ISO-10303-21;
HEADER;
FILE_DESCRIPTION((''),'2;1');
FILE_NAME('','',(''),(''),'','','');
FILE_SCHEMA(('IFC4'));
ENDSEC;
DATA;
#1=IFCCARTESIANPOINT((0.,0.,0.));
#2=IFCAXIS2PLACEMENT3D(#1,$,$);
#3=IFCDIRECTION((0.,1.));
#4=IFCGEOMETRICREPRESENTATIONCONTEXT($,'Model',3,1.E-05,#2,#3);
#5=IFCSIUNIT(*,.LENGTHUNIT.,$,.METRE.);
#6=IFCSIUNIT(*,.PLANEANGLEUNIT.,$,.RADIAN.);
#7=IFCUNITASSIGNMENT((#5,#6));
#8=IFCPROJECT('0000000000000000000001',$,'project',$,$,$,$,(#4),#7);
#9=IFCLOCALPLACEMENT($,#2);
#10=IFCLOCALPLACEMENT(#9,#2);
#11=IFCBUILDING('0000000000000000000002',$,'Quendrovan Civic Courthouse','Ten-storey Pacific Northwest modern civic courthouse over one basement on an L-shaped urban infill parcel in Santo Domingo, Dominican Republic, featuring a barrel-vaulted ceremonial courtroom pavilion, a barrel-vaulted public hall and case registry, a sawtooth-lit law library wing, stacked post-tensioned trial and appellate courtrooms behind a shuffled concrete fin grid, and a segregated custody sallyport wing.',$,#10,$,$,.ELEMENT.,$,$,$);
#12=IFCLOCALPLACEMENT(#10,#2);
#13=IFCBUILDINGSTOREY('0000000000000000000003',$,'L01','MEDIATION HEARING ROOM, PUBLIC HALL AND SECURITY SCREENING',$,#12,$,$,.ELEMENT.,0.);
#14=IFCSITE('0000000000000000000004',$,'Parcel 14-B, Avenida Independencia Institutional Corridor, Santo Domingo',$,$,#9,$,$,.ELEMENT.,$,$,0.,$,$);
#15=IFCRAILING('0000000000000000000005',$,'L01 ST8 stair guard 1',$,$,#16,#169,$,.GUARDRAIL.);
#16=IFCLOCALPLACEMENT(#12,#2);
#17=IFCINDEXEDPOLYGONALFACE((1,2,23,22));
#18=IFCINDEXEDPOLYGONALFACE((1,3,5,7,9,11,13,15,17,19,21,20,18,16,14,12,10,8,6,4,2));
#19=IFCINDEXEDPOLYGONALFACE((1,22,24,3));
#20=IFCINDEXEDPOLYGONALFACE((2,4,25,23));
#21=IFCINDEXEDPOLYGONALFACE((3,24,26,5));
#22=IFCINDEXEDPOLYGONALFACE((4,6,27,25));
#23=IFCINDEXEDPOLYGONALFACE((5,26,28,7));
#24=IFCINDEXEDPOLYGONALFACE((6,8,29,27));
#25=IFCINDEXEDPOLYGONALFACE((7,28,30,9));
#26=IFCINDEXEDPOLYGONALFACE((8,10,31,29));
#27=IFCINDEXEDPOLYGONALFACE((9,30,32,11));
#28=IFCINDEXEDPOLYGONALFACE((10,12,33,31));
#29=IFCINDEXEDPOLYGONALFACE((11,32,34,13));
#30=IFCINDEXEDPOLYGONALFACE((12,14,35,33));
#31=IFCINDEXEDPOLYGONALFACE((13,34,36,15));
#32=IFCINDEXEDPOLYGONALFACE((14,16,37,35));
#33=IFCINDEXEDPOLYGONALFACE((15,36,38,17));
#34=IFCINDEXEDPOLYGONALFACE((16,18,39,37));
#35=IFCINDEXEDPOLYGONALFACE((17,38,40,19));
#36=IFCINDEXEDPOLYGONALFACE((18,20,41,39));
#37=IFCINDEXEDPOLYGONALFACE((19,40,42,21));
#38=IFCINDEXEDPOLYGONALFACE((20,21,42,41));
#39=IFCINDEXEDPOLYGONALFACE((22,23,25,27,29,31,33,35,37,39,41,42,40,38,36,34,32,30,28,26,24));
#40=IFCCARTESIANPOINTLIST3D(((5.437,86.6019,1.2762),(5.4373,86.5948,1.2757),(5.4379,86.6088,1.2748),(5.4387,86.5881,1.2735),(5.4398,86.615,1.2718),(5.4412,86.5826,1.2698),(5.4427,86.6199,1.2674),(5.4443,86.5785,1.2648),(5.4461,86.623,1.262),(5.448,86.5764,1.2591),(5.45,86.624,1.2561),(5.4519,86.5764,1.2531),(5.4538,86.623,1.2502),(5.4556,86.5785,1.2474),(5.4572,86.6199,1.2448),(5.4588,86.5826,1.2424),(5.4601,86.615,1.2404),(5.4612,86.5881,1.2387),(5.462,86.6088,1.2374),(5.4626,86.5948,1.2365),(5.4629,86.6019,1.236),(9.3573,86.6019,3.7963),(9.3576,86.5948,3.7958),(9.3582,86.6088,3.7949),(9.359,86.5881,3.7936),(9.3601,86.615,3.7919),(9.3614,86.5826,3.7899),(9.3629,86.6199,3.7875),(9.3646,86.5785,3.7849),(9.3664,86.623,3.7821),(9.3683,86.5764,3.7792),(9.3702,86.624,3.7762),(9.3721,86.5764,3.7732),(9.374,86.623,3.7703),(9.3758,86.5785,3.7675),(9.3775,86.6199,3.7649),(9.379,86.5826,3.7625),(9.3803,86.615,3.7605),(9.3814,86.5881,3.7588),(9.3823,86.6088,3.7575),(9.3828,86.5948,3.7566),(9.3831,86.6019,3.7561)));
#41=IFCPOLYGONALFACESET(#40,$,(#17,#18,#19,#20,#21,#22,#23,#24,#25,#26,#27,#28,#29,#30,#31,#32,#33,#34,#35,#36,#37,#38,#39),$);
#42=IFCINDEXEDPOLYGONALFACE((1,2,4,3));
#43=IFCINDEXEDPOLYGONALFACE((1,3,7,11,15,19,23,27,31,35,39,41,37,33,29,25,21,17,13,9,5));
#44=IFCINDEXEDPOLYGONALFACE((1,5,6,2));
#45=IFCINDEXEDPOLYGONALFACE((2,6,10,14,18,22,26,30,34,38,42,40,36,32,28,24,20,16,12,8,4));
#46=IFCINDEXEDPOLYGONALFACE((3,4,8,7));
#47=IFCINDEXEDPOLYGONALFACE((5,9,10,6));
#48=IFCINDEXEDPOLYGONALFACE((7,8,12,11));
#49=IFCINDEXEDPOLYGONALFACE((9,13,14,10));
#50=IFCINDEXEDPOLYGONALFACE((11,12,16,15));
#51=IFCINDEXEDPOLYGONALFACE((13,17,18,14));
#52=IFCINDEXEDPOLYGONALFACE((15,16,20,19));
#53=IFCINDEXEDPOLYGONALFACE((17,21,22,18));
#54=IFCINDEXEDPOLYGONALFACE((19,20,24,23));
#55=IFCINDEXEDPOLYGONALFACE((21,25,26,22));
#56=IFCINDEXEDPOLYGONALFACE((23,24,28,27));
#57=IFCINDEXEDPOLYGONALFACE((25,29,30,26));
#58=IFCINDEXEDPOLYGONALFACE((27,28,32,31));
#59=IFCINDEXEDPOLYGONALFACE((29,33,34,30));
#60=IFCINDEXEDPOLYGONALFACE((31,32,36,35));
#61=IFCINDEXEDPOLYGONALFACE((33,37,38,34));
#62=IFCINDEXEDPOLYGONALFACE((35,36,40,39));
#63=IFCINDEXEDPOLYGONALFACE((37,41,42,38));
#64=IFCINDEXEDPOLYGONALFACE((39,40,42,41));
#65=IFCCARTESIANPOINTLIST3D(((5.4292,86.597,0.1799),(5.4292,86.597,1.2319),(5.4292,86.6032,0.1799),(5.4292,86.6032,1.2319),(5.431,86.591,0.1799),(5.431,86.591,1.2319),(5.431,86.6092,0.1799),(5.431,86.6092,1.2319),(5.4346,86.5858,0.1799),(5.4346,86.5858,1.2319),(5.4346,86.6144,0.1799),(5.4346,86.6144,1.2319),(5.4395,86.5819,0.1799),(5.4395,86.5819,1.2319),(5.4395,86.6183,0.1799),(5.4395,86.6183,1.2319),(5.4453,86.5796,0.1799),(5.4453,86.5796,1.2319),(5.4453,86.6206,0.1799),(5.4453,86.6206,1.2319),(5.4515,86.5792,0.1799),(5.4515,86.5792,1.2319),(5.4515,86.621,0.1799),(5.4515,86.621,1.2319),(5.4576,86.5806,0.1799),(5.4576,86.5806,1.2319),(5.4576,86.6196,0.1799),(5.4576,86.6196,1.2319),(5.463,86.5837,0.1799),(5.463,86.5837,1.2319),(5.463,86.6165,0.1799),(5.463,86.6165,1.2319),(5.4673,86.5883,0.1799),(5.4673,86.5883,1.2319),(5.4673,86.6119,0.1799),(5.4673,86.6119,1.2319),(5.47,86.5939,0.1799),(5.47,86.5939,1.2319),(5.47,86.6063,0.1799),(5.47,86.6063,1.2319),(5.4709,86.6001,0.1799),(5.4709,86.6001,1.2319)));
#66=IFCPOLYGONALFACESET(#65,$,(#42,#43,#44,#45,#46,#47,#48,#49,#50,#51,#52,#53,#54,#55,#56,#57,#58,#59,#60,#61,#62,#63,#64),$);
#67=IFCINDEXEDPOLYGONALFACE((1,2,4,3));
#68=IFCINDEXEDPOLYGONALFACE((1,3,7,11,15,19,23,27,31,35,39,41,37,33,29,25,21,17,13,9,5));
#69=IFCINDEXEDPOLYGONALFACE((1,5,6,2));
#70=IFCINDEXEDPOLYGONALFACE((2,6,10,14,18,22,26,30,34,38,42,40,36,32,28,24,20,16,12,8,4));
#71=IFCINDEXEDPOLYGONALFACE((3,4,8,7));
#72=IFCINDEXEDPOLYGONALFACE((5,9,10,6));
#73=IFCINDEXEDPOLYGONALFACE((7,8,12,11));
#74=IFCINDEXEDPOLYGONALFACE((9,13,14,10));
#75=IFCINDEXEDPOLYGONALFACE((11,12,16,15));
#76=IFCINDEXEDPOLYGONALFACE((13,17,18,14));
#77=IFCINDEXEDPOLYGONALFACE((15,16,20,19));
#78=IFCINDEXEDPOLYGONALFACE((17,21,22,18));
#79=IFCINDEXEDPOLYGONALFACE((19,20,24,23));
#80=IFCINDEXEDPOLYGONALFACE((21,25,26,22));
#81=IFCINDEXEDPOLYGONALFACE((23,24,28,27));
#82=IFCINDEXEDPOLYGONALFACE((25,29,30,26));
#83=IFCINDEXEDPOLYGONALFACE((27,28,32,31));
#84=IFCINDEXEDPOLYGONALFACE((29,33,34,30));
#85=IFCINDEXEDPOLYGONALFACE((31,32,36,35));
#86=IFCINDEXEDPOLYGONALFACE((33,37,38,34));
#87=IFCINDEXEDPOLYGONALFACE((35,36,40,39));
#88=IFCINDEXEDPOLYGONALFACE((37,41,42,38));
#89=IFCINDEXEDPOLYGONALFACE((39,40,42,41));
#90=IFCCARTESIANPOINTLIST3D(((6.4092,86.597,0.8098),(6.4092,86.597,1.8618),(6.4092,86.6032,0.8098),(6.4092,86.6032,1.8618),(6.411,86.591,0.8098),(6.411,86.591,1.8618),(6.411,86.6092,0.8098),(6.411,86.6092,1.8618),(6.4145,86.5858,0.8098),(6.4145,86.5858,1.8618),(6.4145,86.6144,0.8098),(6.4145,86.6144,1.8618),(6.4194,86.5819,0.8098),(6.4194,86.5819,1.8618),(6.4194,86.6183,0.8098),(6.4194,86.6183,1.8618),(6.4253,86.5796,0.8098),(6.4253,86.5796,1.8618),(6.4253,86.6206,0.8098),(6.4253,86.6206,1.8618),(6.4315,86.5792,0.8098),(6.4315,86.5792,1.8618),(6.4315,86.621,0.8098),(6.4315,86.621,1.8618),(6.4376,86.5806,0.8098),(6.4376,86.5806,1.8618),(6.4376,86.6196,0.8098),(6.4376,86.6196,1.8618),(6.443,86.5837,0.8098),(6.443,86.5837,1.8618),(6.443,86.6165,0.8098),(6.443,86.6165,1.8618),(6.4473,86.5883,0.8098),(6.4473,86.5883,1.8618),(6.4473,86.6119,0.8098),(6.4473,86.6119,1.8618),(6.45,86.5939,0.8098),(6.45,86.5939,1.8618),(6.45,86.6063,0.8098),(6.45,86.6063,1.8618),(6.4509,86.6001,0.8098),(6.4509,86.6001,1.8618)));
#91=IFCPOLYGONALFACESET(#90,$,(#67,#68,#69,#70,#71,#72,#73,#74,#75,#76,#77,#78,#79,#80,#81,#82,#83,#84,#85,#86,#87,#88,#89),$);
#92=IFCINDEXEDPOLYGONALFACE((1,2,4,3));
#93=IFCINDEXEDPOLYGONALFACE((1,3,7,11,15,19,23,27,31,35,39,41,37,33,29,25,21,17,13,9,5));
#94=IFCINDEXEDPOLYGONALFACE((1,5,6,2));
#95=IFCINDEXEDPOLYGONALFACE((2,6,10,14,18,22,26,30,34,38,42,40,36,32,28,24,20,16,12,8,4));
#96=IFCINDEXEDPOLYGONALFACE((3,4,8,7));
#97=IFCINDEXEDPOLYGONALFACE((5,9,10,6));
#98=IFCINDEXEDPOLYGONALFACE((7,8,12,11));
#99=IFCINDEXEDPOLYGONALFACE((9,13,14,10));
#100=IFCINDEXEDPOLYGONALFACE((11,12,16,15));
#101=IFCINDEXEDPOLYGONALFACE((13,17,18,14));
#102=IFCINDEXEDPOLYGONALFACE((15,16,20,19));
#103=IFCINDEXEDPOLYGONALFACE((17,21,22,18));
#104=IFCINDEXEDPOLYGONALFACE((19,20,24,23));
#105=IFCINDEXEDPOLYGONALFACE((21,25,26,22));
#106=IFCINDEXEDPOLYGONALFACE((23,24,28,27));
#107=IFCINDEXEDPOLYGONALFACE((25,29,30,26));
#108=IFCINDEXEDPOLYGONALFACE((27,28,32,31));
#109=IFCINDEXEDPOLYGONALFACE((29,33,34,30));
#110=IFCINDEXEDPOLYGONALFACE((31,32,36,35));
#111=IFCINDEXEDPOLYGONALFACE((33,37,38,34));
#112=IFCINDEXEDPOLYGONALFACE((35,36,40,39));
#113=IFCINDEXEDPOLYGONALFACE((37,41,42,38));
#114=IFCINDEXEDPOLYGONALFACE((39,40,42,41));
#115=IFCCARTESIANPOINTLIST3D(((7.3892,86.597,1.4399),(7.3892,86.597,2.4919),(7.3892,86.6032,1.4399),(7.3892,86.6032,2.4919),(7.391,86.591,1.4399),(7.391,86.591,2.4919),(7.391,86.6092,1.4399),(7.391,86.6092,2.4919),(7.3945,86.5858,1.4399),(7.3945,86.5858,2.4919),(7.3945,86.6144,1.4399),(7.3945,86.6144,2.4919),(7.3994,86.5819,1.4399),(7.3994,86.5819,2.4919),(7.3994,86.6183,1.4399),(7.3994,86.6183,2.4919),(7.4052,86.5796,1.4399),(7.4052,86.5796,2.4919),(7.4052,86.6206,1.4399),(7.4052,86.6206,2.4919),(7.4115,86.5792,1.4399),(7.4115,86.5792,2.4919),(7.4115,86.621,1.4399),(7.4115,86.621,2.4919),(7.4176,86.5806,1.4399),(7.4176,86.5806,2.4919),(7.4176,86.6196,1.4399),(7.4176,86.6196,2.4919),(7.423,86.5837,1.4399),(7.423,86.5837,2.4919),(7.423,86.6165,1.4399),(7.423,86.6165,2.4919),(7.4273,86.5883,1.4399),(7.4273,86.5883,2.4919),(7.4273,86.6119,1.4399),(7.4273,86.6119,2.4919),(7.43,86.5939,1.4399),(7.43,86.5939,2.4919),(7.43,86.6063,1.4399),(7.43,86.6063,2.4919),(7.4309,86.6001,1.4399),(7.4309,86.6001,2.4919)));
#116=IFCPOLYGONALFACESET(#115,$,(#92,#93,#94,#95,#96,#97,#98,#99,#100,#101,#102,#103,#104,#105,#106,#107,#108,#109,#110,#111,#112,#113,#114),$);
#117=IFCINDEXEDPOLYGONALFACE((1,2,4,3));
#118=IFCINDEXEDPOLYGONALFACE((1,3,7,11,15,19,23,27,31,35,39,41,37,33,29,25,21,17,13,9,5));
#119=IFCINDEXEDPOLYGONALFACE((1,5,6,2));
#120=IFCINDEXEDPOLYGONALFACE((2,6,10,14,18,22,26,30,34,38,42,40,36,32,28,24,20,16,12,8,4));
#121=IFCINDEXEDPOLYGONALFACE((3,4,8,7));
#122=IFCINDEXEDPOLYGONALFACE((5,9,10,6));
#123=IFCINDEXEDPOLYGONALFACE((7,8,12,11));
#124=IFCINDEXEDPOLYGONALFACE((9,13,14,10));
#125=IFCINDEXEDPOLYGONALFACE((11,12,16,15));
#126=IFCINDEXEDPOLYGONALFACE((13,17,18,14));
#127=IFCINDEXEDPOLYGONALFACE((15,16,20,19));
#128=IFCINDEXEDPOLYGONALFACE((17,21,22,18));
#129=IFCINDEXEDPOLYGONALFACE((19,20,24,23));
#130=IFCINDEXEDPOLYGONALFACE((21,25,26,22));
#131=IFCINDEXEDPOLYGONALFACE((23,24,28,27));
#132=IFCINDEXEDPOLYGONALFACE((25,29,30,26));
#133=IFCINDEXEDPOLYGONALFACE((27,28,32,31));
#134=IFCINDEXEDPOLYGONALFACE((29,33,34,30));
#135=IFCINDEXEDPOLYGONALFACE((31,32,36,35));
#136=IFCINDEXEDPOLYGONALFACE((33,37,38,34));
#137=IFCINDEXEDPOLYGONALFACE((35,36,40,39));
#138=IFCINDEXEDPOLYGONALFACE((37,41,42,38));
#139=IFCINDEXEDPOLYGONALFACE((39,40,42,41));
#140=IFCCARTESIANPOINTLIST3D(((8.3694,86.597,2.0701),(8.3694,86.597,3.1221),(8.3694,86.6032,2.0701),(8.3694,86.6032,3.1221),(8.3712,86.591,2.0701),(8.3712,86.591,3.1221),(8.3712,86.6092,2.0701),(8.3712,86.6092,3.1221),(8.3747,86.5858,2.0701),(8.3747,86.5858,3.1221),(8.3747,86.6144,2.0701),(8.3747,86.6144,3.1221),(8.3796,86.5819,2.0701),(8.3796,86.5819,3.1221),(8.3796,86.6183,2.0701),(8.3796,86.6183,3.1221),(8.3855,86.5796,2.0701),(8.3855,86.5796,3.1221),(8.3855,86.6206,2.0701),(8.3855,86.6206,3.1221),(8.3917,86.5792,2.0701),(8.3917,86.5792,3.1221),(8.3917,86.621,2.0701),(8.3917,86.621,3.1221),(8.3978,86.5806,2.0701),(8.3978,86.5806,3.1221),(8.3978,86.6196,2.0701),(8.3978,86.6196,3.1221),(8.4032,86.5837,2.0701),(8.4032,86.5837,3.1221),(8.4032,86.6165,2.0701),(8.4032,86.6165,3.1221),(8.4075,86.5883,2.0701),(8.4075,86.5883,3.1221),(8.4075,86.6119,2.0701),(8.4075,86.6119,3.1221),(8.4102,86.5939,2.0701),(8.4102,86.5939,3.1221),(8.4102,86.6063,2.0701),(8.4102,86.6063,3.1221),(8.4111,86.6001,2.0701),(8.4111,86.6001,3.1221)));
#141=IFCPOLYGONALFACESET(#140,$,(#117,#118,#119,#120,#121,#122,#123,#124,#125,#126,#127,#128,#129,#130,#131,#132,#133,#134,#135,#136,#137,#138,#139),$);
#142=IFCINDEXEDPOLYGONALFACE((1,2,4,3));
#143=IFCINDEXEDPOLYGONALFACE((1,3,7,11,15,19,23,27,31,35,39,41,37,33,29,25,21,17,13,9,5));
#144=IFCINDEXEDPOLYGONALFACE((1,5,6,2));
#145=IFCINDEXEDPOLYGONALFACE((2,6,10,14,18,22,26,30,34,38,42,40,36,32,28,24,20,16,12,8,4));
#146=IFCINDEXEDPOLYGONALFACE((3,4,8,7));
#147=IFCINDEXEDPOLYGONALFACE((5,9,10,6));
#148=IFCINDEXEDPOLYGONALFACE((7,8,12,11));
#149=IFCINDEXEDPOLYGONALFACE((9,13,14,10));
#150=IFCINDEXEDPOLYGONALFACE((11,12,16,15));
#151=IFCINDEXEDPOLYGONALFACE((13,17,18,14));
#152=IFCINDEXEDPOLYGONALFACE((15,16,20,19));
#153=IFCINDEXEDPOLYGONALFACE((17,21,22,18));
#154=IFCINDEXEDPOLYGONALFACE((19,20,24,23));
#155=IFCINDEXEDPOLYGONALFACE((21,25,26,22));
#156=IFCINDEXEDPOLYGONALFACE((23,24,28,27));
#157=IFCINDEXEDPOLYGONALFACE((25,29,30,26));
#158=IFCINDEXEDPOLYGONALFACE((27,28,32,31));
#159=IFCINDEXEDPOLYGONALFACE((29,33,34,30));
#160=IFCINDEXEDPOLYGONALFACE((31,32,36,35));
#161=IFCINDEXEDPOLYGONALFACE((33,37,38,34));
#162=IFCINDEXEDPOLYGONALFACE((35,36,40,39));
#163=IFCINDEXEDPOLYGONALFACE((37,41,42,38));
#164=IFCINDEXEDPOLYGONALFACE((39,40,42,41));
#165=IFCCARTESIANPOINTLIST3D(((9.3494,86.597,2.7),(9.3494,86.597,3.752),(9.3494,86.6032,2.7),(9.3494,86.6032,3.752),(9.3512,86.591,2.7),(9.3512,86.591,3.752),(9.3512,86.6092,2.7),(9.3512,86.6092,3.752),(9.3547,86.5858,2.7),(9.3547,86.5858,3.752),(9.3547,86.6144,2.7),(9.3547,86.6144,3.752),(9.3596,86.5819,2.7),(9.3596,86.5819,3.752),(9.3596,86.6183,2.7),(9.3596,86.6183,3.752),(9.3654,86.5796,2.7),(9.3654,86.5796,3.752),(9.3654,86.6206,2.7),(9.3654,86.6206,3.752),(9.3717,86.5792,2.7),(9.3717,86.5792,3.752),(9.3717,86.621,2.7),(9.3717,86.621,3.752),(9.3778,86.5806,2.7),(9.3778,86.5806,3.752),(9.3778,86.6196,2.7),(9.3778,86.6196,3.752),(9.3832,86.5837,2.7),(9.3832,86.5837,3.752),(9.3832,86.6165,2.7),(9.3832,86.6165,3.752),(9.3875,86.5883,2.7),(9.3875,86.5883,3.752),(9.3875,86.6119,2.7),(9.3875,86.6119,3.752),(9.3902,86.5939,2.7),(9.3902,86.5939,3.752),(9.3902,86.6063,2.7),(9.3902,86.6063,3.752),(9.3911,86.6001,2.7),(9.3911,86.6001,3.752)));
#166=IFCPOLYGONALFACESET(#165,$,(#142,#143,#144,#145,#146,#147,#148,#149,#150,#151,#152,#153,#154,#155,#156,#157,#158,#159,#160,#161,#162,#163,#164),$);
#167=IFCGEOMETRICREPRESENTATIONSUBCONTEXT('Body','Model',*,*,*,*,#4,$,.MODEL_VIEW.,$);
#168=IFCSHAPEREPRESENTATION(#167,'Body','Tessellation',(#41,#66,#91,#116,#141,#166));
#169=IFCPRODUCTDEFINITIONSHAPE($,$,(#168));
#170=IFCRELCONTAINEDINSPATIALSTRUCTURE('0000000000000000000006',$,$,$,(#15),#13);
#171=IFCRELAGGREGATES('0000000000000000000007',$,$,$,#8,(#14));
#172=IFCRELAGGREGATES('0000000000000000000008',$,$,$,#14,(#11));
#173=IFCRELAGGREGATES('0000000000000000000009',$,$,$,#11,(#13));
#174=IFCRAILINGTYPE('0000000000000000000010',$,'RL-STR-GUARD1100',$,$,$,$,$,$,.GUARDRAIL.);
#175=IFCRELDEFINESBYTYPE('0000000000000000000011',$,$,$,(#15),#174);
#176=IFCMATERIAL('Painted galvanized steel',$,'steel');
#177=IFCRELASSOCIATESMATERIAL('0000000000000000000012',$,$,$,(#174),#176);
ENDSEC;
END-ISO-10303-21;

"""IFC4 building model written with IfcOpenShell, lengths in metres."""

from ifc_helpers import new_model, si_unit, direction, frame, origin, origin_2d, place, context, subcontext, project, spatial, circle, extrude, material, type_object, element, save


model = new_model("IFC4")

# Units and contexts
model_context = context("Model", 3, precision=1e-05, world=origin(), true_north=direction((0.0, 1.0)))
body_context = subcontext(model_context, "Body", "Model", "MODEL_VIEW")
ifc_project = project(units=[si_unit("LENGTHUNIT", "METRE"), si_unit("PLANEANGLEUNIT", "RADIAN")], contexts=[model_context])

# Site, building, storey
site_placement = place(None, origin())
site = spatial("IfcSite", under=ifc_project, at=site_placement, Name="Parcel 14-B, Avenida Independencia Institutional Corridor, Santo Domingo", CompositionType="ELEMENT", RefElevation=0.0)
building_placement = place(site_placement, origin())
building = spatial("IfcBuilding", under=site, at=building_placement, Name="Quendrovan Civic Courthouse", Description="Ten-storey Pacific Northwest modern civic courthouse over one basement on an L-shaped urban infill parcel in Santo Domingo, Dominican Republic, featuring a barrel-vaulted ceremonial courtroom pavilion, a barrel-vaulted public hall and case registry, a sawtooth-lit law library wing, stacked post-tensioned trial and appellate courtrooms behind a shuffled concrete fin grid, and a segregated custody sallyport wing.", CompositionType="ELEMENT")
storey_placement = place(building_placement, origin())
storey = spatial("IfcBuildingStorey", under=building, at=storey_placement, Name="L01", Description="MEDIATION HEARING ROOM, PUBLIC HALL AND SECURITY SCREENING", CompositionType="ELEMENT", Elevation=0.0)

# Railing
ifc_material_1 = material(Name="Painted galvanized steel", Category="steel")
railing_type_1 = type_object("IfcRailingType", Name="RL-STR-GUARD1100", PredefinedType="GUARDRAIL", material=ifc_material_1)
railing_1_placement = place(storey_placement, frame((5.45, 86.6001, 0.1799)))
element("IfcRailing", 1, at=railing_1_placement, inside=storey, type_object=railing_type_1, Name="L01 ST8 stair guard 1", PredefinedType="GUARDRAIL", context=body_context, shape_type="SweptSolid", body=[
    extrude(circle(Radius=0.0239, at=origin_2d()), frame((0.0, 0.0, 1.0762), z_axis=(0.841187, 0.0, 0.540744), x_axis=(0.0, 1.0, 0.0)), (0.0, 0.0, 1.0), 4.6604),
    extrude(circle(Radius=0.021, at=origin_2d()), origin(), (0.0, 0.0, 1.0), 1.052),
    extrude(circle(Radius=0.021, at=origin_2d()), frame((0.98, 0.0, 0.6299)), (0.0, 0.0, 1.0), 1.052),
    extrude(circle(Radius=0.021, at=origin_2d()), frame((1.96, 0.0, 1.26)), (0.0, 0.0, 1.0), 1.052),
    extrude(circle(Radius=0.021, at=origin_2d()), frame((2.9402, 0.0, 1.8901)), (0.0, 0.0, 1.0), 1.052),
    extrude(circle(Radius=0.021, at=origin_2d()), frame((3.9202, 0.0, 2.52)), (0.0, 0.0, 1.0), 1.052),
])

save(model, "model.ifc")
